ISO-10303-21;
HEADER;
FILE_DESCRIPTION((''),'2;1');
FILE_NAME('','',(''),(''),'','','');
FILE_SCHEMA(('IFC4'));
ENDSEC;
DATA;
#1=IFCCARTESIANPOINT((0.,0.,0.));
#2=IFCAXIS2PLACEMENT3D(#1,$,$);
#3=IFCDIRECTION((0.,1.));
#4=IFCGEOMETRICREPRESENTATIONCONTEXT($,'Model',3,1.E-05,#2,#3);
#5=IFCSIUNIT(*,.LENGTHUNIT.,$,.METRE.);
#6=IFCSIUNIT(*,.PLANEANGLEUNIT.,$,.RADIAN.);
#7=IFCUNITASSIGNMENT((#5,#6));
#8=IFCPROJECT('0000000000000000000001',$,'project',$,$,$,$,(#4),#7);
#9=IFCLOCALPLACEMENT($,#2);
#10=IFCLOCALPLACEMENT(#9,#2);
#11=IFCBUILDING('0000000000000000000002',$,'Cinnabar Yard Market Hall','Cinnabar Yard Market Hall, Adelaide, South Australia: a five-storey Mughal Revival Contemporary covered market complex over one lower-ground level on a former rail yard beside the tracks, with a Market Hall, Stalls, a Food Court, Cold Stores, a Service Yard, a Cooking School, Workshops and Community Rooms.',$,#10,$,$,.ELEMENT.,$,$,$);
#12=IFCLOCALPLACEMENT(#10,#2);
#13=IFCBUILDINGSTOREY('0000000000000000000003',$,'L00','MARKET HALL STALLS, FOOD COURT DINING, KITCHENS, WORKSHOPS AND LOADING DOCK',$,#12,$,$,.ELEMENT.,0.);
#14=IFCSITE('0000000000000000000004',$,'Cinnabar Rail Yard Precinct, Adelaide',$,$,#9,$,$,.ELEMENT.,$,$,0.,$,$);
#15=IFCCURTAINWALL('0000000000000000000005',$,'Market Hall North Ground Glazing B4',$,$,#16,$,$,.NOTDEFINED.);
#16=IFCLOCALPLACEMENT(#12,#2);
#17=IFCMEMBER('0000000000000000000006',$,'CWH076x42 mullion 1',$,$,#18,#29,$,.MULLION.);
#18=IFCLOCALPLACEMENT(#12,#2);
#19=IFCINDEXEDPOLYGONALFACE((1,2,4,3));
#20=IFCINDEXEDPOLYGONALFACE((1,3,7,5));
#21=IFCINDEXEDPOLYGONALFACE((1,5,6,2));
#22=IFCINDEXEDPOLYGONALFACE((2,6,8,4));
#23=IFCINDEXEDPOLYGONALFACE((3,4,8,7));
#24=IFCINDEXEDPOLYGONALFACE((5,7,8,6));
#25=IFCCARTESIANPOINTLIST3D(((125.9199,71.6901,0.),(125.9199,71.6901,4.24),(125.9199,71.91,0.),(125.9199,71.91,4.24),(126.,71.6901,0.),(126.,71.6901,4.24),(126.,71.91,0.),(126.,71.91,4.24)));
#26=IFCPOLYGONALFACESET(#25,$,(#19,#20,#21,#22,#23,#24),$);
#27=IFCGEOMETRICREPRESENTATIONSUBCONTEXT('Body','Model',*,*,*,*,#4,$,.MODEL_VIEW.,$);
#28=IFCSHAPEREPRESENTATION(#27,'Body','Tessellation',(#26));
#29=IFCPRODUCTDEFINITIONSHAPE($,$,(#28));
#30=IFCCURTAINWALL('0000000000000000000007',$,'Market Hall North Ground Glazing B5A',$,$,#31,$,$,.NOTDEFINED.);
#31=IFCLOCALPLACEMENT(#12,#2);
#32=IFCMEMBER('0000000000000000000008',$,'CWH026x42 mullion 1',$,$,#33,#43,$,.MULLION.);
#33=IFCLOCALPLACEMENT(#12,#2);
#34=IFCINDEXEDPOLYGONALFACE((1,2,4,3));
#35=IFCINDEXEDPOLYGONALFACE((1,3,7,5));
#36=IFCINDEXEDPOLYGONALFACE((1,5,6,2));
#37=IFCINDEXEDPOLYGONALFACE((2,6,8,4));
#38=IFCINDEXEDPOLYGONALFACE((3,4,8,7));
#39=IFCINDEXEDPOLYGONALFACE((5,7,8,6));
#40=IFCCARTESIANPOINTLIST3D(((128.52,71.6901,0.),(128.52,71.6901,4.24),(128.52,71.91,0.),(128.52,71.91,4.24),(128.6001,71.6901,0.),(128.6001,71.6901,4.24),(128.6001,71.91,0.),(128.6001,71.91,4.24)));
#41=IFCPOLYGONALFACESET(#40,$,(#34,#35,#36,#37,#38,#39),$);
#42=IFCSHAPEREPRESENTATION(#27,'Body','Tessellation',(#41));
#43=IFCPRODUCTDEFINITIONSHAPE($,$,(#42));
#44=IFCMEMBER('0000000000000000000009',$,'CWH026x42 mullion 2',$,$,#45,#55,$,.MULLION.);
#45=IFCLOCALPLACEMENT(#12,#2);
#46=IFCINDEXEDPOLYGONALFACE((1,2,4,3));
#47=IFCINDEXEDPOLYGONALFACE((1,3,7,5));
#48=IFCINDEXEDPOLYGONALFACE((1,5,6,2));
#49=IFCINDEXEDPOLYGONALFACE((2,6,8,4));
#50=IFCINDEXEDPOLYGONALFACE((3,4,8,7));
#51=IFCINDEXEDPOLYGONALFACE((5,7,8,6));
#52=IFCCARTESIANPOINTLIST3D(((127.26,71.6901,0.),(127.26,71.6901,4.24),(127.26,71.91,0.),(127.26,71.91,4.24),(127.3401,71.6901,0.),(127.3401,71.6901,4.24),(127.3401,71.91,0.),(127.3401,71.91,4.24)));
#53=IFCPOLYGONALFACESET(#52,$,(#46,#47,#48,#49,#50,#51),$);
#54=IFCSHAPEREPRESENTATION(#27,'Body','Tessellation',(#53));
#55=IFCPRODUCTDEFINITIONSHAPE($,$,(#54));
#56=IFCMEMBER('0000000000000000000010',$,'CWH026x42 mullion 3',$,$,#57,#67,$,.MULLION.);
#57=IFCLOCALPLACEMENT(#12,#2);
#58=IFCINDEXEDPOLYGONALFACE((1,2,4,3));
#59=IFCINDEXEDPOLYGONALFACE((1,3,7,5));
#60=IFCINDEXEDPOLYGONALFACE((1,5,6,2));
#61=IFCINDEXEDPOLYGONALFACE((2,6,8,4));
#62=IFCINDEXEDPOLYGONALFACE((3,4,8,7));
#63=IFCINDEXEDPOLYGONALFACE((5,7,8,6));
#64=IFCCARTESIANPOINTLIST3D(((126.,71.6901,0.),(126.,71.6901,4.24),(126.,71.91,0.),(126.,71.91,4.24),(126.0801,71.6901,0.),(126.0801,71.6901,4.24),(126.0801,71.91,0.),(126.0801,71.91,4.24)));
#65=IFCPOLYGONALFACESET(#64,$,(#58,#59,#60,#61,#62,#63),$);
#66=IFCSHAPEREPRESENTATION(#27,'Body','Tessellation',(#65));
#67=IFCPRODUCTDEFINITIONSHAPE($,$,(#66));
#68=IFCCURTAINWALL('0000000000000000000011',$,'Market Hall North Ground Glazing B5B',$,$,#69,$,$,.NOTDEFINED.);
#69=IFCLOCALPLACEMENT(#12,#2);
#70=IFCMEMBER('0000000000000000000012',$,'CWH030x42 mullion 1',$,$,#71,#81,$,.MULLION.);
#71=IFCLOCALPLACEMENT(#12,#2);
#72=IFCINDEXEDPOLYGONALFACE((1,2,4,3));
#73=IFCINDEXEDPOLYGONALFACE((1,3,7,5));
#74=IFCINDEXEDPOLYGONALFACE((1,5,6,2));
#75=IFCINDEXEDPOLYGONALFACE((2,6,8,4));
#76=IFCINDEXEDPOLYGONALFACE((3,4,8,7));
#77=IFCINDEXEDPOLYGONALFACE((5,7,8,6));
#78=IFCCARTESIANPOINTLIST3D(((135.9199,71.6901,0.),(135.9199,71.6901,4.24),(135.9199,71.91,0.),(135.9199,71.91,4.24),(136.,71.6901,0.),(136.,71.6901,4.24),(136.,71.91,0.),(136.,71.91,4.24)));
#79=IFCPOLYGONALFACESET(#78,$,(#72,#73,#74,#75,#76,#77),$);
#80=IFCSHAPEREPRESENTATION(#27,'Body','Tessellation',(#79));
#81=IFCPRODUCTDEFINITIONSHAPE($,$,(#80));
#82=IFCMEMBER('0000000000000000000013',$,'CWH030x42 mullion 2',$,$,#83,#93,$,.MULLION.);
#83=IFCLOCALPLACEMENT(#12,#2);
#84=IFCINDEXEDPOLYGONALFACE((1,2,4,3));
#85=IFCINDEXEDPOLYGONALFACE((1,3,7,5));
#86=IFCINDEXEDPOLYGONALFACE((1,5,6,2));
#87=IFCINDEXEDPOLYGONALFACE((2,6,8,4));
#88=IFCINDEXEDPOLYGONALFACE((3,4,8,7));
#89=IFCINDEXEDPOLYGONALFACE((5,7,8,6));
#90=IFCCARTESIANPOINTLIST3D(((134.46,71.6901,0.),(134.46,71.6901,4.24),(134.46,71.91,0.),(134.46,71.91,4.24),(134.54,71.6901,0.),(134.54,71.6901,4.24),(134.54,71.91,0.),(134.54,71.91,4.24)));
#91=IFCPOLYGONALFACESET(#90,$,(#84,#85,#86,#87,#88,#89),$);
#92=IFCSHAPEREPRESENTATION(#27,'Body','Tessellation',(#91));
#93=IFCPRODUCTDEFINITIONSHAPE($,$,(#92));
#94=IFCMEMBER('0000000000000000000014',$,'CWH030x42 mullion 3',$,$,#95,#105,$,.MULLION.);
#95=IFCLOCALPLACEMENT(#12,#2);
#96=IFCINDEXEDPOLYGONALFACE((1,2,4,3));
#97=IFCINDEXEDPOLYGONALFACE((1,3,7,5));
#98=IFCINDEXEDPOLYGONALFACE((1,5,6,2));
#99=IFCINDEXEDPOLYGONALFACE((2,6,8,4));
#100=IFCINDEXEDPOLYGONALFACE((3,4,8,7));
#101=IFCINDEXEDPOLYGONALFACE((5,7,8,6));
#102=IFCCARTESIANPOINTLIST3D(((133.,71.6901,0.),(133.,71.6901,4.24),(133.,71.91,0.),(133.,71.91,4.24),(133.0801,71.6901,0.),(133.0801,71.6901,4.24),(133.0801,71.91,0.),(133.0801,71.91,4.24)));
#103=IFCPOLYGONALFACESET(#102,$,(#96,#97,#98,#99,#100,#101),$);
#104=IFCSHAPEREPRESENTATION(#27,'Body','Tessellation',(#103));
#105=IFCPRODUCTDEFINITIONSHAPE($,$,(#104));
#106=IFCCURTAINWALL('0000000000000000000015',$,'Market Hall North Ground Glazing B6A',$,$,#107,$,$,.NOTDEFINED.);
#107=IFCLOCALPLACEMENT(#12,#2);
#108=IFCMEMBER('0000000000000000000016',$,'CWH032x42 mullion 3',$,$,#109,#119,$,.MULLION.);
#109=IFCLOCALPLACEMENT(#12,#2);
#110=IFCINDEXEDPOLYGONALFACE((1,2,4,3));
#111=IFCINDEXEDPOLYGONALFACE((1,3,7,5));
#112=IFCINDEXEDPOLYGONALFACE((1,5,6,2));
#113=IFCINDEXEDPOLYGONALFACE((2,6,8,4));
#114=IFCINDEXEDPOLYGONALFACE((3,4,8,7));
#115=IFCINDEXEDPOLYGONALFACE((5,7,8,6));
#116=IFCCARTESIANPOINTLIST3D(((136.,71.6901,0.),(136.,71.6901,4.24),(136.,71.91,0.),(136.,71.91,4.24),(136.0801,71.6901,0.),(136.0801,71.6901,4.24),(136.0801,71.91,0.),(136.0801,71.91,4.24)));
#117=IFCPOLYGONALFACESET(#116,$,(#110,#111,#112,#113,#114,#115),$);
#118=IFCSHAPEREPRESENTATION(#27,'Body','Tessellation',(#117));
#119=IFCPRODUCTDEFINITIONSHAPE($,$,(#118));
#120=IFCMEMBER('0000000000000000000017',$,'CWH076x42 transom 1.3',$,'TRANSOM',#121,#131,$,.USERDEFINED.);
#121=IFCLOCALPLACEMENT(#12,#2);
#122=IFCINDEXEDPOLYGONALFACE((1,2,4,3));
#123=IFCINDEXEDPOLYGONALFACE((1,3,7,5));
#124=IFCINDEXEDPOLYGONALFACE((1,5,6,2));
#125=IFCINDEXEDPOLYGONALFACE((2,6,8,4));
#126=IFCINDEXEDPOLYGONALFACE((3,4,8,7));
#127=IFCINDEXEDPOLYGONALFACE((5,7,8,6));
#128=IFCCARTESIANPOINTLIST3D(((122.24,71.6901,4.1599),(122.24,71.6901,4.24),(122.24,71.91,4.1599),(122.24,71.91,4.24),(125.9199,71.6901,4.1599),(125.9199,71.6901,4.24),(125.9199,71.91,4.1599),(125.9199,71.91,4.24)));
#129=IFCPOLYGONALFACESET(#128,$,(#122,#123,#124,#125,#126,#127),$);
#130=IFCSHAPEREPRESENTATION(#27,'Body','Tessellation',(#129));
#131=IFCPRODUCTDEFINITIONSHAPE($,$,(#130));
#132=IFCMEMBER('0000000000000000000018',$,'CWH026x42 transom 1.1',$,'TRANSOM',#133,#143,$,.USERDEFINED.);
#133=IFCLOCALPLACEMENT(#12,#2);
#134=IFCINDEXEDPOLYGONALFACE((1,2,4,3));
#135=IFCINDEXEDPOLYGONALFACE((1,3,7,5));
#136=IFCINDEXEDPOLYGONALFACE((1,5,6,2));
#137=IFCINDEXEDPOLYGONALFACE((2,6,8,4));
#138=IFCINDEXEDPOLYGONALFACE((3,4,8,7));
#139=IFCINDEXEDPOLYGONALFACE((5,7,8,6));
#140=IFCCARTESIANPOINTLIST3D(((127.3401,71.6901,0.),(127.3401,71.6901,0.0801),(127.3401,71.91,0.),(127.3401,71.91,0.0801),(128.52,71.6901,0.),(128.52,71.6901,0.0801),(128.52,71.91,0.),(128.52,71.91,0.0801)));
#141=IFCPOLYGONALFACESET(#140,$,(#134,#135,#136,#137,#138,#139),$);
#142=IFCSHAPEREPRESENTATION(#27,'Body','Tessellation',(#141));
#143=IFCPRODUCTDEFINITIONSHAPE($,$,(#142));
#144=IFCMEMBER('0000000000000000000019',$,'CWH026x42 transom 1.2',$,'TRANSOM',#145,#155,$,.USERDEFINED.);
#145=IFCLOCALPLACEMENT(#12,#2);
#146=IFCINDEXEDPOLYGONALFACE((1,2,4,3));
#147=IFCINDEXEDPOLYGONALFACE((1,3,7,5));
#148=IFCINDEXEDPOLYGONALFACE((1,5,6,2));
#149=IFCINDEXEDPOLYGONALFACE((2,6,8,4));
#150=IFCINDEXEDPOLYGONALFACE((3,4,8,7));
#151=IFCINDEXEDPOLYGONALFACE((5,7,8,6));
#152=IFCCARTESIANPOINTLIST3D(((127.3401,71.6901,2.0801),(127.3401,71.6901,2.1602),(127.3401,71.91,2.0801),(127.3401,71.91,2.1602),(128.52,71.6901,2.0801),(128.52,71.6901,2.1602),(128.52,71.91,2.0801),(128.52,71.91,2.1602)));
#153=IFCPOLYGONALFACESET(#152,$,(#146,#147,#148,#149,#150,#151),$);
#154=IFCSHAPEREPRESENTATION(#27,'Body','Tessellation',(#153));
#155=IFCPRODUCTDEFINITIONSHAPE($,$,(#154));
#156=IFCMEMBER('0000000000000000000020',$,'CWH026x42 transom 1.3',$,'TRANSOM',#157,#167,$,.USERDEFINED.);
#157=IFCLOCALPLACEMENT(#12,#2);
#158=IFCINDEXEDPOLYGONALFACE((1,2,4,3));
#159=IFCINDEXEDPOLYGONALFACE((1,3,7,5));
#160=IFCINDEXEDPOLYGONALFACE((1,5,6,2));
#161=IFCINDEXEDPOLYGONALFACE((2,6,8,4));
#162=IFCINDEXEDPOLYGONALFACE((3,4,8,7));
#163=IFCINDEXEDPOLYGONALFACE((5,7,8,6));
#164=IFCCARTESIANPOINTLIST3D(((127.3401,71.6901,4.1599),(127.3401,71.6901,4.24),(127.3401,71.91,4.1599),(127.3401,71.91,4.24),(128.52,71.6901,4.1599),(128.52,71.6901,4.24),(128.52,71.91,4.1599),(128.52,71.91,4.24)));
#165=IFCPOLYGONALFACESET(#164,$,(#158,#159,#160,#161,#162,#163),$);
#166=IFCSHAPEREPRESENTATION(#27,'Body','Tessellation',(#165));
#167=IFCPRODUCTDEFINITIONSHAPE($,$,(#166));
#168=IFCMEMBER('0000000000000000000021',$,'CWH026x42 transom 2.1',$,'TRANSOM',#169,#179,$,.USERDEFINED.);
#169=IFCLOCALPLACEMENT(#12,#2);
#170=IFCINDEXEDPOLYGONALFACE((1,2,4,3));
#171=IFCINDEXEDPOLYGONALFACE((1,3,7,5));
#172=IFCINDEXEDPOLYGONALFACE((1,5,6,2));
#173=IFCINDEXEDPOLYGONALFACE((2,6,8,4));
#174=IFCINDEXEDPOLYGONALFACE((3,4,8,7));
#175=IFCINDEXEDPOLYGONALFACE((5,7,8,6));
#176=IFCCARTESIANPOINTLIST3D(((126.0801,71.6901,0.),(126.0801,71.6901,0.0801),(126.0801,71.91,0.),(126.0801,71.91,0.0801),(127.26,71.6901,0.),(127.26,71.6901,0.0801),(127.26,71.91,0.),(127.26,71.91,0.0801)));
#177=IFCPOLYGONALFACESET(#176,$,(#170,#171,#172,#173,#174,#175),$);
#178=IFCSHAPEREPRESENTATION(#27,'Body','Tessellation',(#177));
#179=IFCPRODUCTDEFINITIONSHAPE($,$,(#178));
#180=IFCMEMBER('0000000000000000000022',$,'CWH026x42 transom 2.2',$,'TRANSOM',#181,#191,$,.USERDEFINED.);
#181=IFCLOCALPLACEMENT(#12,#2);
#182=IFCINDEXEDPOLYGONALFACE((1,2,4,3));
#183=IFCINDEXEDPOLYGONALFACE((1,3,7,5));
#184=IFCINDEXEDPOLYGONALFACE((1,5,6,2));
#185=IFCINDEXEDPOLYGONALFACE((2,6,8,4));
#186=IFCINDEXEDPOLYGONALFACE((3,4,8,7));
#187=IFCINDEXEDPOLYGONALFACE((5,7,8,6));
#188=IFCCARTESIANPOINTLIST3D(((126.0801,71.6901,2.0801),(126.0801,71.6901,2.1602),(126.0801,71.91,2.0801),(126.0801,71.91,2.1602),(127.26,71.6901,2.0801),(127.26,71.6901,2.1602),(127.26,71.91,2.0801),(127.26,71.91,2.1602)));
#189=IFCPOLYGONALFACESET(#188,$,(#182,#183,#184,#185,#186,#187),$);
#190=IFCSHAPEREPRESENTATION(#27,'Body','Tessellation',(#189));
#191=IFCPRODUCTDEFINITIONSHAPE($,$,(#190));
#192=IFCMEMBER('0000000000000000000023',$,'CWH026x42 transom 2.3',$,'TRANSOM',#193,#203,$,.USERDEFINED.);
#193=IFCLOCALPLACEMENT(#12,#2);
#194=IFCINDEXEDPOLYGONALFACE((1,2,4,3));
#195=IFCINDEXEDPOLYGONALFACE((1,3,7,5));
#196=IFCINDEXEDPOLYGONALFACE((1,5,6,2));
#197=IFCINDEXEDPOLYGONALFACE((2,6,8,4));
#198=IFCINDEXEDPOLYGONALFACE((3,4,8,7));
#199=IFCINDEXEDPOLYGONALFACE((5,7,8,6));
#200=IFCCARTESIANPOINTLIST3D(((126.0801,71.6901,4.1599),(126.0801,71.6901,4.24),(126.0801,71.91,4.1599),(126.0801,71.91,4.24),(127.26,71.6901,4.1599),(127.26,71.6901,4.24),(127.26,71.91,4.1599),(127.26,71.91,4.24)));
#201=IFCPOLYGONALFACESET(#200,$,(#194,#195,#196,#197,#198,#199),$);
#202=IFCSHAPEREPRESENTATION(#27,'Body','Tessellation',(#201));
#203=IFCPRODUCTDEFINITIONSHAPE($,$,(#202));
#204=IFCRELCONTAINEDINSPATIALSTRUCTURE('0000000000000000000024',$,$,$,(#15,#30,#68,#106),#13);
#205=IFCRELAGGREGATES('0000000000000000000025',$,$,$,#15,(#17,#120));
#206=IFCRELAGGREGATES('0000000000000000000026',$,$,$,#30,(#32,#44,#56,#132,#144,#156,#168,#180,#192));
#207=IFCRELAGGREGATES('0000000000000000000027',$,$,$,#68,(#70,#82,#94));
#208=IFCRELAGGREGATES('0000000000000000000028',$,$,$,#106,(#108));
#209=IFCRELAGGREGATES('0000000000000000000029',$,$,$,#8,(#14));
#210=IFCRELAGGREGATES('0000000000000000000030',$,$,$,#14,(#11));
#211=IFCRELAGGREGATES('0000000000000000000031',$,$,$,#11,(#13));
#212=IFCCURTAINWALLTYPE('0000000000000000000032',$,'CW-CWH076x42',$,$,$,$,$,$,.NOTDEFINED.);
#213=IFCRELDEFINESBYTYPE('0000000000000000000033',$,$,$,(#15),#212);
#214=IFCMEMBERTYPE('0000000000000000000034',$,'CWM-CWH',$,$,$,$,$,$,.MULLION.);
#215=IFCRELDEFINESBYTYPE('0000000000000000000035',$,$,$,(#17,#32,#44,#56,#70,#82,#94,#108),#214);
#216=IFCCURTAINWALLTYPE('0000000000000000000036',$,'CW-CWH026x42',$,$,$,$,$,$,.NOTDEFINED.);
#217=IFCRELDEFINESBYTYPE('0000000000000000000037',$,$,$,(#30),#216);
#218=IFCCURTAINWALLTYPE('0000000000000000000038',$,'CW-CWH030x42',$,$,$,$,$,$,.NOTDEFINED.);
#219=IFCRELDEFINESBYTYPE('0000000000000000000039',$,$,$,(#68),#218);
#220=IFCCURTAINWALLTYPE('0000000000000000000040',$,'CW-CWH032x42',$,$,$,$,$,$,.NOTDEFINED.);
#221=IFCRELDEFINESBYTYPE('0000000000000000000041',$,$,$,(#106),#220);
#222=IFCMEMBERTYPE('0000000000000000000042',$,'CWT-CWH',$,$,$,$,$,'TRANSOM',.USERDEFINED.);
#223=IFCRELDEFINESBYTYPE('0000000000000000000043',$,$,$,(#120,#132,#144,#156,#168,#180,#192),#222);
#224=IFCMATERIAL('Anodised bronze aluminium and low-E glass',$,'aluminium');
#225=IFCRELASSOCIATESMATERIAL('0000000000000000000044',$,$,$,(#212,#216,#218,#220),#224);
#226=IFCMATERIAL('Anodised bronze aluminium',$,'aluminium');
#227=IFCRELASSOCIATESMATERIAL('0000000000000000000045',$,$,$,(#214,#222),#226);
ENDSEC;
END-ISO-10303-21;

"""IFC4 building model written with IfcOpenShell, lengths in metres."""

from ifc_helpers import new_model, si_unit, direction, frame, origin, origin_2d_with_axis, place, context, subcontext, project, spatial, rectangle, extrude, material, material_profile, profile_set, type_object, element, aggregate, save


model = new_model("IFC4")

# Units and contexts
model_context = context("Model", 3, precision=1e-05, world=origin(), true_north=direction((0.0, 1.0)))
body_context = subcontext(model_context, "Body", "Model", "MODEL_VIEW")
ifc_project = project(units=[si_unit("LENGTHUNIT", "METRE"), si_unit("PLANEANGLEUNIT", "RADIAN")], contexts=[model_context])

# Site, building, storey
site_placement = place(None, origin())
site = spatial("IfcSite", under=ifc_project, at=site_placement, Name="Cinnabar Rail Yard Precinct, Adelaide", CompositionType="ELEMENT", RefElevation=0.0)
building_placement = place(site_placement, origin())
building = spatial("IfcBuilding", under=site, at=building_placement, Name="Cinnabar Yard Market Hall", Description="Cinnabar Yard Market Hall, Adelaide, South Australia: a five-storey Mughal Revival Contemporary covered market complex over one lower-ground level on a former rail yard beside the tracks, with a Market Hall, Stalls, a Food Court, Cold Stores, a Service Yard, a Cooking School, Workshops and Community Rooms.", CompositionType="ELEMENT")
storey_placement = place(building_placement, origin())
storey = spatial("IfcBuildingStorey", under=building, at=storey_placement, Name="L00", Description="MARKET HALL STALLS, FOOD COURT DINING, KITCHENS, WORKSHOPS AND LOADING DOCK", CompositionType="ELEMENT", Elevation=0.0)

# Curtain wall, member
ifc_material_1 = material(Name="Anodised bronze aluminium and low-E glass", Category="aluminium")
curtain_wall_type_1 = type_object("IfcCurtainWallType", Name="CW-CWH076x42", PredefinedType="NOTDEFINED", material=ifc_material_1)
curtain_wall_1_placement = place(storey_placement, origin())
curtain_wall_1 = element("IfcCurtainWall", 1, at=curtain_wall_1_placement, inside=storey, type_object=curtain_wall_type_1, Name="Market Hall North Ground Glazing B4", PredefinedType="NOTDEFINED")
ifc_material_2 = material(Name="Anodised bronze aluminium", Category="aluminium")
ifc_material_profile_1 = material_profile(ifc_material_2, rectangle(XDim=0.22, YDim=0.0801, at=origin_2d_with_axis()), Name="MUL-CWH")
ifc_profile_set_1 = profile_set([ifc_material_profile_1], Name="Anodised bronze aluminium")
member_type_1 = type_object("IfcMemberType", Name="CWM-CWH", PredefinedType="MULLION", material=ifc_profile_set_1)
member_1_placement = place(storey_placement, frame((125.96, 71.8, 0.0), z_axis=(0.0, 0.0, 1.0), x_axis=(0.0, -1.0, 0.0)))
member_1 = element("IfcMember", 2, at=member_1_placement, type_object=member_type_1, Name="CWH076x42 mullion 1", PredefinedType="MULLION", context=body_context, shape_type="SweptSolid", body=[
    extrude(rectangle(XDim=0.22, YDim=0.0801, at=origin_2d_with_axis()), origin(), (0.0, 0.0, 1.0), 4.24),
])

# Curtain walls, members
curtain_wall_type_2 = type_object("IfcCurtainWallType", Name="CW-CWH026x42", PredefinedType="NOTDEFINED", material=ifc_material_1)
curtain_wall_2_placement = place(storey_placement, origin())
curtain_wall_2 = element("IfcCurtainWall", 3, at=curtain_wall_2_placement, inside=storey, type_object=curtain_wall_type_2, Name="Market Hall North Ground Glazing B5A", PredefinedType="NOTDEFINED")
member_2_placement = place(storey_placement, frame((128.5601, 71.8, 0.0), z_axis=(0.0, 0.0, 1.0), x_axis=(0.0, -1.0, 0.0)))
member_2 = element("IfcMember", 4, at=member_2_placement, type_object=member_type_1, Name="CWH026x42 mullion 1", PredefinedType="MULLION", context=body_context, shape_type="SweptSolid", body=[
    extrude(rectangle(XDim=0.22, YDim=0.0801, at=origin_2d_with_axis()), origin(), (0.0, 0.0, 1.0), 4.24),
])
member_3_placement = place(storey_placement, frame((127.3, 71.8, 0.0), z_axis=(0.0, 0.0, 1.0), x_axis=(0.0, -1.0, 0.0)))
member_3 = element("IfcMember", 5, at=member_3_placement, type_object=member_type_1, Name="CWH026x42 mullion 2", PredefinedType="MULLION", context=body_context, shape_type="SweptSolid", body=[
    extrude(rectangle(XDim=0.22, YDim=0.0801, at=origin_2d_with_axis()), origin(), (0.0, 0.0, 1.0), 4.24),
])
member_4_placement = place(storey_placement, frame((126.04, 71.8, 0.0), z_axis=(0.0, 0.0, 1.0), x_axis=(0.0, -1.0, 0.0)))
member_4 = element("IfcMember", 6, at=member_4_placement, type_object=member_type_1, Name="CWH026x42 mullion 3", PredefinedType="MULLION", context=body_context, shape_type="SweptSolid", body=[
    extrude(rectangle(XDim=0.22, YDim=0.0801, at=origin_2d_with_axis()), origin(), (0.0, 0.0, 1.0), 4.24),
])
curtain_wall_type_3 = type_object("IfcCurtainWallType", Name="CW-CWH030x42", PredefinedType="NOTDEFINED", material=ifc_material_1)
curtain_wall_3_placement = place(storey_placement, origin())
curtain_wall_3 = element("IfcCurtainWall", 7, at=curtain_wall_3_placement, inside=storey, type_object=curtain_wall_type_3, Name="Market Hall North Ground Glazing B5B", PredefinedType="NOTDEFINED")
member_5_placement = place(storey_placement, frame((135.96, 71.8, 0.0), z_axis=(0.0, 0.0, 1.0), x_axis=(0.0, -1.0, 0.0)))
member_5 = element("IfcMember", 8, at=member_5_placement, type_object=member_type_1, Name="CWH030x42 mullion 1", PredefinedType="MULLION", context=body_context, shape_type="SweptSolid", body=[
    extrude(rectangle(XDim=0.22, YDim=0.0801, at=origin_2d_with_axis()), origin(), (0.0, 0.0, 1.0), 4.24),
])
member_6_placement = place(storey_placement, frame((134.5, 71.8, 0.0), z_axis=(0.0, 0.0, 1.0), x_axis=(0.0, -1.0, 0.0)))
member_6 = element("IfcMember", 9, at=member_6_placement, type_object=member_type_1, Name="CWH030x42 mullion 2", PredefinedType="MULLION", context=body_context, shape_type="SweptSolid", body=[
    extrude(rectangle(XDim=0.22, YDim=0.0801, at=origin_2d_with_axis()), origin(), (0.0, 0.0, 1.0), 4.24),
])
member_7_placement = place(storey_placement, frame((133.04, 71.8, 0.0), z_axis=(0.0, 0.0, 1.0), x_axis=(0.0, -1.0, 0.0)))
member_7 = element("IfcMember", 10, at=member_7_placement, type_object=member_type_1, Name="CWH030x42 mullion 3", PredefinedType="MULLION", context=body_context, shape_type="SweptSolid", body=[
    extrude(rectangle(XDim=0.22, YDim=0.0801, at=origin_2d_with_axis()), origin(), (0.0, 0.0, 1.0), 4.24),
])

# Curtain wall, member
curtain_wall_type_4 = type_object("IfcCurtainWallType", Name="CW-CWH032x42", PredefinedType="NOTDEFINED", material=ifc_material_1)
curtain_wall_4_placement = place(storey_placement, origin())
curtain_wall_4 = element("IfcCurtainWall", 11, at=curtain_wall_4_placement, inside=storey, type_object=curtain_wall_type_4, Name="Market Hall North Ground Glazing B6A", PredefinedType="NOTDEFINED")
member_8_placement = place(storey_placement, frame((136.04, 71.8, 0.0), z_axis=(0.0, 0.0, 1.0), x_axis=(0.0, -1.0, 0.0)))
member_8 = element("IfcMember", 12, at=member_8_placement, type_object=member_type_1, Name="CWH032x42 mullion 3", PredefinedType="MULLION", context=body_context, shape_type="SweptSolid", body=[
    extrude(rectangle(XDim=0.22, YDim=0.0801, at=origin_2d_with_axis()), origin(), (0.0, 0.0, 1.0), 4.24),
])

# Members
ifc_material_profile_2 = material_profile(ifc_material_2, rectangle(XDim=0.22, YDim=0.0801, at=origin_2d_with_axis()), Name="TRN-CWH")
ifc_profile_set_2 = profile_set([ifc_material_profile_2], Name="Anodised bronze aluminium")
member_type_2 = type_object("IfcMemberType", Name="CWT-CWH", ElementType="TRANSOM", PredefinedType="USERDEFINED", material=ifc_profile_set_2)
member_9_placement = place(storey_placement, frame((125.9199, 71.8, 4.2), z_axis=(-1.0, 0.0, 0.0), x_axis=(0.0, -1.0, 0.0)))
member_9 = element("IfcMember", 13, at=member_9_placement, type_object=member_type_2, Name="CWH076x42 transom 1.3", ObjectType="TRANSOM", PredefinedType="USERDEFINED", context=body_context, shape_type="SweptSolid", body=[
    extrude(rectangle(XDim=0.22, YDim=0.0801, at=origin_2d_with_axis()), origin(), (0.0, 0.0, 1.0), 3.6799),
])
aggregate(curtain_wall_1, [member_1, member_9])
member_10_placement = place(storey_placement, frame((128.52, 71.8, 0.04), z_axis=(-1.0, 0.0, 0.0), x_axis=(0.0, -1.0, 0.0)))
member_10 = element("IfcMember", 14, at=member_10_placement, type_object=member_type_2, Name="CWH026x42 transom 1.1", ObjectType="TRANSOM", PredefinedType="USERDEFINED", context=body_context, shape_type="SweptSolid", body=[
    extrude(rectangle(XDim=0.22, YDim=0.0801, at=origin_2d_with_axis()), origin(), (0.0, 0.0, 1.0), 1.1799),
])
member_11_placement = place(storey_placement, frame((128.52, 71.8, 2.1201), z_axis=(-1.0, 0.0, 0.0), x_axis=(0.0, -1.0, 0.0)))
member_11 = element("IfcMember", 15, at=member_11_placement, type_object=member_type_2, Name="CWH026x42 transom 1.2", ObjectType="TRANSOM", PredefinedType="USERDEFINED", context=body_context, shape_type="SweptSolid", body=[
    extrude(rectangle(XDim=0.22, YDim=0.0801, at=origin_2d_with_axis()), origin(), (0.0, 0.0, 1.0), 1.1799),
])
member_12_placement = place(storey_placement, frame((128.52, 71.8, 4.2), z_axis=(-1.0, 0.0, 0.0), x_axis=(0.0, -1.0, 0.0)))
member_12 = element("IfcMember", 16, at=member_12_placement, type_object=member_type_2, Name="CWH026x42 transom 1.3", ObjectType="TRANSOM", PredefinedType="USERDEFINED", context=body_context, shape_type="SweptSolid", body=[
    extrude(rectangle(XDim=0.22, YDim=0.0801, at=origin_2d_with_axis()), origin(), (0.0, 0.0, 1.0), 1.1799),
])
member_13_placement = place(storey_placement, frame((127.26, 71.8, 0.04), z_axis=(-1.0, 0.0, 0.0), x_axis=(0.0, -1.0, 0.0)))
member_13 = element("IfcMember", 17, at=member_13_placement, type_object=member_type_2, Name="CWH026x42 transom 2.1", ObjectType="TRANSOM", PredefinedType="USERDEFINED", context=body_context, shape_type="SweptSolid", body=[
    extrude(rectangle(XDim=0.22, YDim=0.0801, at=origin_2d_with_axis()), origin(), (0.0, 0.0, 1.0), 1.1799),
])
member_14_placement = place(storey_placement, frame((127.26, 71.8, 2.1201), z_axis=(-1.0, 0.0, 0.0), x_axis=(0.0, -1.0, 0.0)))
member_14 = element("IfcMember", 18, at=member_14_placement, type_object=member_type_2, Name="CWH026x42 transom 2.2", ObjectType="TRANSOM", PredefinedType="USERDEFINED", context=body_context, shape_type="SweptSolid", body=[
    extrude(rectangle(XDim=0.22, YDim=0.0801, at=origin_2d_with_axis()), origin(), (0.0, 0.0, 1.0), 1.1799),
])
member_15_placement = place(storey_placement, frame((127.26, 71.8, 4.2), z_axis=(-1.0, 0.0, 0.0), x_axis=(0.0, -1.0, 0.0)))
member_15 = element("IfcMember", 19, at=member_15_placement, type_object=member_type_2, Name="CWH026x42 transom 2.3", ObjectType="TRANSOM", PredefinedType="USERDEFINED", context=body_context, shape_type="SweptSolid", body=[
    extrude(rectangle(XDim=0.22, YDim=0.0801, at=origin_2d_with_axis()), origin(), (0.0, 0.0, 1.0), 1.1799),
])

aggregate(curtain_wall_2, [member_2, member_3, member_4, member_10, member_11, member_12, member_13, member_14, member_15])
aggregate(curtain_wall_3, [member_5, member_6, member_7])
aggregate(curtain_wall_4, [member_8])

save(model, "model.ifc")
